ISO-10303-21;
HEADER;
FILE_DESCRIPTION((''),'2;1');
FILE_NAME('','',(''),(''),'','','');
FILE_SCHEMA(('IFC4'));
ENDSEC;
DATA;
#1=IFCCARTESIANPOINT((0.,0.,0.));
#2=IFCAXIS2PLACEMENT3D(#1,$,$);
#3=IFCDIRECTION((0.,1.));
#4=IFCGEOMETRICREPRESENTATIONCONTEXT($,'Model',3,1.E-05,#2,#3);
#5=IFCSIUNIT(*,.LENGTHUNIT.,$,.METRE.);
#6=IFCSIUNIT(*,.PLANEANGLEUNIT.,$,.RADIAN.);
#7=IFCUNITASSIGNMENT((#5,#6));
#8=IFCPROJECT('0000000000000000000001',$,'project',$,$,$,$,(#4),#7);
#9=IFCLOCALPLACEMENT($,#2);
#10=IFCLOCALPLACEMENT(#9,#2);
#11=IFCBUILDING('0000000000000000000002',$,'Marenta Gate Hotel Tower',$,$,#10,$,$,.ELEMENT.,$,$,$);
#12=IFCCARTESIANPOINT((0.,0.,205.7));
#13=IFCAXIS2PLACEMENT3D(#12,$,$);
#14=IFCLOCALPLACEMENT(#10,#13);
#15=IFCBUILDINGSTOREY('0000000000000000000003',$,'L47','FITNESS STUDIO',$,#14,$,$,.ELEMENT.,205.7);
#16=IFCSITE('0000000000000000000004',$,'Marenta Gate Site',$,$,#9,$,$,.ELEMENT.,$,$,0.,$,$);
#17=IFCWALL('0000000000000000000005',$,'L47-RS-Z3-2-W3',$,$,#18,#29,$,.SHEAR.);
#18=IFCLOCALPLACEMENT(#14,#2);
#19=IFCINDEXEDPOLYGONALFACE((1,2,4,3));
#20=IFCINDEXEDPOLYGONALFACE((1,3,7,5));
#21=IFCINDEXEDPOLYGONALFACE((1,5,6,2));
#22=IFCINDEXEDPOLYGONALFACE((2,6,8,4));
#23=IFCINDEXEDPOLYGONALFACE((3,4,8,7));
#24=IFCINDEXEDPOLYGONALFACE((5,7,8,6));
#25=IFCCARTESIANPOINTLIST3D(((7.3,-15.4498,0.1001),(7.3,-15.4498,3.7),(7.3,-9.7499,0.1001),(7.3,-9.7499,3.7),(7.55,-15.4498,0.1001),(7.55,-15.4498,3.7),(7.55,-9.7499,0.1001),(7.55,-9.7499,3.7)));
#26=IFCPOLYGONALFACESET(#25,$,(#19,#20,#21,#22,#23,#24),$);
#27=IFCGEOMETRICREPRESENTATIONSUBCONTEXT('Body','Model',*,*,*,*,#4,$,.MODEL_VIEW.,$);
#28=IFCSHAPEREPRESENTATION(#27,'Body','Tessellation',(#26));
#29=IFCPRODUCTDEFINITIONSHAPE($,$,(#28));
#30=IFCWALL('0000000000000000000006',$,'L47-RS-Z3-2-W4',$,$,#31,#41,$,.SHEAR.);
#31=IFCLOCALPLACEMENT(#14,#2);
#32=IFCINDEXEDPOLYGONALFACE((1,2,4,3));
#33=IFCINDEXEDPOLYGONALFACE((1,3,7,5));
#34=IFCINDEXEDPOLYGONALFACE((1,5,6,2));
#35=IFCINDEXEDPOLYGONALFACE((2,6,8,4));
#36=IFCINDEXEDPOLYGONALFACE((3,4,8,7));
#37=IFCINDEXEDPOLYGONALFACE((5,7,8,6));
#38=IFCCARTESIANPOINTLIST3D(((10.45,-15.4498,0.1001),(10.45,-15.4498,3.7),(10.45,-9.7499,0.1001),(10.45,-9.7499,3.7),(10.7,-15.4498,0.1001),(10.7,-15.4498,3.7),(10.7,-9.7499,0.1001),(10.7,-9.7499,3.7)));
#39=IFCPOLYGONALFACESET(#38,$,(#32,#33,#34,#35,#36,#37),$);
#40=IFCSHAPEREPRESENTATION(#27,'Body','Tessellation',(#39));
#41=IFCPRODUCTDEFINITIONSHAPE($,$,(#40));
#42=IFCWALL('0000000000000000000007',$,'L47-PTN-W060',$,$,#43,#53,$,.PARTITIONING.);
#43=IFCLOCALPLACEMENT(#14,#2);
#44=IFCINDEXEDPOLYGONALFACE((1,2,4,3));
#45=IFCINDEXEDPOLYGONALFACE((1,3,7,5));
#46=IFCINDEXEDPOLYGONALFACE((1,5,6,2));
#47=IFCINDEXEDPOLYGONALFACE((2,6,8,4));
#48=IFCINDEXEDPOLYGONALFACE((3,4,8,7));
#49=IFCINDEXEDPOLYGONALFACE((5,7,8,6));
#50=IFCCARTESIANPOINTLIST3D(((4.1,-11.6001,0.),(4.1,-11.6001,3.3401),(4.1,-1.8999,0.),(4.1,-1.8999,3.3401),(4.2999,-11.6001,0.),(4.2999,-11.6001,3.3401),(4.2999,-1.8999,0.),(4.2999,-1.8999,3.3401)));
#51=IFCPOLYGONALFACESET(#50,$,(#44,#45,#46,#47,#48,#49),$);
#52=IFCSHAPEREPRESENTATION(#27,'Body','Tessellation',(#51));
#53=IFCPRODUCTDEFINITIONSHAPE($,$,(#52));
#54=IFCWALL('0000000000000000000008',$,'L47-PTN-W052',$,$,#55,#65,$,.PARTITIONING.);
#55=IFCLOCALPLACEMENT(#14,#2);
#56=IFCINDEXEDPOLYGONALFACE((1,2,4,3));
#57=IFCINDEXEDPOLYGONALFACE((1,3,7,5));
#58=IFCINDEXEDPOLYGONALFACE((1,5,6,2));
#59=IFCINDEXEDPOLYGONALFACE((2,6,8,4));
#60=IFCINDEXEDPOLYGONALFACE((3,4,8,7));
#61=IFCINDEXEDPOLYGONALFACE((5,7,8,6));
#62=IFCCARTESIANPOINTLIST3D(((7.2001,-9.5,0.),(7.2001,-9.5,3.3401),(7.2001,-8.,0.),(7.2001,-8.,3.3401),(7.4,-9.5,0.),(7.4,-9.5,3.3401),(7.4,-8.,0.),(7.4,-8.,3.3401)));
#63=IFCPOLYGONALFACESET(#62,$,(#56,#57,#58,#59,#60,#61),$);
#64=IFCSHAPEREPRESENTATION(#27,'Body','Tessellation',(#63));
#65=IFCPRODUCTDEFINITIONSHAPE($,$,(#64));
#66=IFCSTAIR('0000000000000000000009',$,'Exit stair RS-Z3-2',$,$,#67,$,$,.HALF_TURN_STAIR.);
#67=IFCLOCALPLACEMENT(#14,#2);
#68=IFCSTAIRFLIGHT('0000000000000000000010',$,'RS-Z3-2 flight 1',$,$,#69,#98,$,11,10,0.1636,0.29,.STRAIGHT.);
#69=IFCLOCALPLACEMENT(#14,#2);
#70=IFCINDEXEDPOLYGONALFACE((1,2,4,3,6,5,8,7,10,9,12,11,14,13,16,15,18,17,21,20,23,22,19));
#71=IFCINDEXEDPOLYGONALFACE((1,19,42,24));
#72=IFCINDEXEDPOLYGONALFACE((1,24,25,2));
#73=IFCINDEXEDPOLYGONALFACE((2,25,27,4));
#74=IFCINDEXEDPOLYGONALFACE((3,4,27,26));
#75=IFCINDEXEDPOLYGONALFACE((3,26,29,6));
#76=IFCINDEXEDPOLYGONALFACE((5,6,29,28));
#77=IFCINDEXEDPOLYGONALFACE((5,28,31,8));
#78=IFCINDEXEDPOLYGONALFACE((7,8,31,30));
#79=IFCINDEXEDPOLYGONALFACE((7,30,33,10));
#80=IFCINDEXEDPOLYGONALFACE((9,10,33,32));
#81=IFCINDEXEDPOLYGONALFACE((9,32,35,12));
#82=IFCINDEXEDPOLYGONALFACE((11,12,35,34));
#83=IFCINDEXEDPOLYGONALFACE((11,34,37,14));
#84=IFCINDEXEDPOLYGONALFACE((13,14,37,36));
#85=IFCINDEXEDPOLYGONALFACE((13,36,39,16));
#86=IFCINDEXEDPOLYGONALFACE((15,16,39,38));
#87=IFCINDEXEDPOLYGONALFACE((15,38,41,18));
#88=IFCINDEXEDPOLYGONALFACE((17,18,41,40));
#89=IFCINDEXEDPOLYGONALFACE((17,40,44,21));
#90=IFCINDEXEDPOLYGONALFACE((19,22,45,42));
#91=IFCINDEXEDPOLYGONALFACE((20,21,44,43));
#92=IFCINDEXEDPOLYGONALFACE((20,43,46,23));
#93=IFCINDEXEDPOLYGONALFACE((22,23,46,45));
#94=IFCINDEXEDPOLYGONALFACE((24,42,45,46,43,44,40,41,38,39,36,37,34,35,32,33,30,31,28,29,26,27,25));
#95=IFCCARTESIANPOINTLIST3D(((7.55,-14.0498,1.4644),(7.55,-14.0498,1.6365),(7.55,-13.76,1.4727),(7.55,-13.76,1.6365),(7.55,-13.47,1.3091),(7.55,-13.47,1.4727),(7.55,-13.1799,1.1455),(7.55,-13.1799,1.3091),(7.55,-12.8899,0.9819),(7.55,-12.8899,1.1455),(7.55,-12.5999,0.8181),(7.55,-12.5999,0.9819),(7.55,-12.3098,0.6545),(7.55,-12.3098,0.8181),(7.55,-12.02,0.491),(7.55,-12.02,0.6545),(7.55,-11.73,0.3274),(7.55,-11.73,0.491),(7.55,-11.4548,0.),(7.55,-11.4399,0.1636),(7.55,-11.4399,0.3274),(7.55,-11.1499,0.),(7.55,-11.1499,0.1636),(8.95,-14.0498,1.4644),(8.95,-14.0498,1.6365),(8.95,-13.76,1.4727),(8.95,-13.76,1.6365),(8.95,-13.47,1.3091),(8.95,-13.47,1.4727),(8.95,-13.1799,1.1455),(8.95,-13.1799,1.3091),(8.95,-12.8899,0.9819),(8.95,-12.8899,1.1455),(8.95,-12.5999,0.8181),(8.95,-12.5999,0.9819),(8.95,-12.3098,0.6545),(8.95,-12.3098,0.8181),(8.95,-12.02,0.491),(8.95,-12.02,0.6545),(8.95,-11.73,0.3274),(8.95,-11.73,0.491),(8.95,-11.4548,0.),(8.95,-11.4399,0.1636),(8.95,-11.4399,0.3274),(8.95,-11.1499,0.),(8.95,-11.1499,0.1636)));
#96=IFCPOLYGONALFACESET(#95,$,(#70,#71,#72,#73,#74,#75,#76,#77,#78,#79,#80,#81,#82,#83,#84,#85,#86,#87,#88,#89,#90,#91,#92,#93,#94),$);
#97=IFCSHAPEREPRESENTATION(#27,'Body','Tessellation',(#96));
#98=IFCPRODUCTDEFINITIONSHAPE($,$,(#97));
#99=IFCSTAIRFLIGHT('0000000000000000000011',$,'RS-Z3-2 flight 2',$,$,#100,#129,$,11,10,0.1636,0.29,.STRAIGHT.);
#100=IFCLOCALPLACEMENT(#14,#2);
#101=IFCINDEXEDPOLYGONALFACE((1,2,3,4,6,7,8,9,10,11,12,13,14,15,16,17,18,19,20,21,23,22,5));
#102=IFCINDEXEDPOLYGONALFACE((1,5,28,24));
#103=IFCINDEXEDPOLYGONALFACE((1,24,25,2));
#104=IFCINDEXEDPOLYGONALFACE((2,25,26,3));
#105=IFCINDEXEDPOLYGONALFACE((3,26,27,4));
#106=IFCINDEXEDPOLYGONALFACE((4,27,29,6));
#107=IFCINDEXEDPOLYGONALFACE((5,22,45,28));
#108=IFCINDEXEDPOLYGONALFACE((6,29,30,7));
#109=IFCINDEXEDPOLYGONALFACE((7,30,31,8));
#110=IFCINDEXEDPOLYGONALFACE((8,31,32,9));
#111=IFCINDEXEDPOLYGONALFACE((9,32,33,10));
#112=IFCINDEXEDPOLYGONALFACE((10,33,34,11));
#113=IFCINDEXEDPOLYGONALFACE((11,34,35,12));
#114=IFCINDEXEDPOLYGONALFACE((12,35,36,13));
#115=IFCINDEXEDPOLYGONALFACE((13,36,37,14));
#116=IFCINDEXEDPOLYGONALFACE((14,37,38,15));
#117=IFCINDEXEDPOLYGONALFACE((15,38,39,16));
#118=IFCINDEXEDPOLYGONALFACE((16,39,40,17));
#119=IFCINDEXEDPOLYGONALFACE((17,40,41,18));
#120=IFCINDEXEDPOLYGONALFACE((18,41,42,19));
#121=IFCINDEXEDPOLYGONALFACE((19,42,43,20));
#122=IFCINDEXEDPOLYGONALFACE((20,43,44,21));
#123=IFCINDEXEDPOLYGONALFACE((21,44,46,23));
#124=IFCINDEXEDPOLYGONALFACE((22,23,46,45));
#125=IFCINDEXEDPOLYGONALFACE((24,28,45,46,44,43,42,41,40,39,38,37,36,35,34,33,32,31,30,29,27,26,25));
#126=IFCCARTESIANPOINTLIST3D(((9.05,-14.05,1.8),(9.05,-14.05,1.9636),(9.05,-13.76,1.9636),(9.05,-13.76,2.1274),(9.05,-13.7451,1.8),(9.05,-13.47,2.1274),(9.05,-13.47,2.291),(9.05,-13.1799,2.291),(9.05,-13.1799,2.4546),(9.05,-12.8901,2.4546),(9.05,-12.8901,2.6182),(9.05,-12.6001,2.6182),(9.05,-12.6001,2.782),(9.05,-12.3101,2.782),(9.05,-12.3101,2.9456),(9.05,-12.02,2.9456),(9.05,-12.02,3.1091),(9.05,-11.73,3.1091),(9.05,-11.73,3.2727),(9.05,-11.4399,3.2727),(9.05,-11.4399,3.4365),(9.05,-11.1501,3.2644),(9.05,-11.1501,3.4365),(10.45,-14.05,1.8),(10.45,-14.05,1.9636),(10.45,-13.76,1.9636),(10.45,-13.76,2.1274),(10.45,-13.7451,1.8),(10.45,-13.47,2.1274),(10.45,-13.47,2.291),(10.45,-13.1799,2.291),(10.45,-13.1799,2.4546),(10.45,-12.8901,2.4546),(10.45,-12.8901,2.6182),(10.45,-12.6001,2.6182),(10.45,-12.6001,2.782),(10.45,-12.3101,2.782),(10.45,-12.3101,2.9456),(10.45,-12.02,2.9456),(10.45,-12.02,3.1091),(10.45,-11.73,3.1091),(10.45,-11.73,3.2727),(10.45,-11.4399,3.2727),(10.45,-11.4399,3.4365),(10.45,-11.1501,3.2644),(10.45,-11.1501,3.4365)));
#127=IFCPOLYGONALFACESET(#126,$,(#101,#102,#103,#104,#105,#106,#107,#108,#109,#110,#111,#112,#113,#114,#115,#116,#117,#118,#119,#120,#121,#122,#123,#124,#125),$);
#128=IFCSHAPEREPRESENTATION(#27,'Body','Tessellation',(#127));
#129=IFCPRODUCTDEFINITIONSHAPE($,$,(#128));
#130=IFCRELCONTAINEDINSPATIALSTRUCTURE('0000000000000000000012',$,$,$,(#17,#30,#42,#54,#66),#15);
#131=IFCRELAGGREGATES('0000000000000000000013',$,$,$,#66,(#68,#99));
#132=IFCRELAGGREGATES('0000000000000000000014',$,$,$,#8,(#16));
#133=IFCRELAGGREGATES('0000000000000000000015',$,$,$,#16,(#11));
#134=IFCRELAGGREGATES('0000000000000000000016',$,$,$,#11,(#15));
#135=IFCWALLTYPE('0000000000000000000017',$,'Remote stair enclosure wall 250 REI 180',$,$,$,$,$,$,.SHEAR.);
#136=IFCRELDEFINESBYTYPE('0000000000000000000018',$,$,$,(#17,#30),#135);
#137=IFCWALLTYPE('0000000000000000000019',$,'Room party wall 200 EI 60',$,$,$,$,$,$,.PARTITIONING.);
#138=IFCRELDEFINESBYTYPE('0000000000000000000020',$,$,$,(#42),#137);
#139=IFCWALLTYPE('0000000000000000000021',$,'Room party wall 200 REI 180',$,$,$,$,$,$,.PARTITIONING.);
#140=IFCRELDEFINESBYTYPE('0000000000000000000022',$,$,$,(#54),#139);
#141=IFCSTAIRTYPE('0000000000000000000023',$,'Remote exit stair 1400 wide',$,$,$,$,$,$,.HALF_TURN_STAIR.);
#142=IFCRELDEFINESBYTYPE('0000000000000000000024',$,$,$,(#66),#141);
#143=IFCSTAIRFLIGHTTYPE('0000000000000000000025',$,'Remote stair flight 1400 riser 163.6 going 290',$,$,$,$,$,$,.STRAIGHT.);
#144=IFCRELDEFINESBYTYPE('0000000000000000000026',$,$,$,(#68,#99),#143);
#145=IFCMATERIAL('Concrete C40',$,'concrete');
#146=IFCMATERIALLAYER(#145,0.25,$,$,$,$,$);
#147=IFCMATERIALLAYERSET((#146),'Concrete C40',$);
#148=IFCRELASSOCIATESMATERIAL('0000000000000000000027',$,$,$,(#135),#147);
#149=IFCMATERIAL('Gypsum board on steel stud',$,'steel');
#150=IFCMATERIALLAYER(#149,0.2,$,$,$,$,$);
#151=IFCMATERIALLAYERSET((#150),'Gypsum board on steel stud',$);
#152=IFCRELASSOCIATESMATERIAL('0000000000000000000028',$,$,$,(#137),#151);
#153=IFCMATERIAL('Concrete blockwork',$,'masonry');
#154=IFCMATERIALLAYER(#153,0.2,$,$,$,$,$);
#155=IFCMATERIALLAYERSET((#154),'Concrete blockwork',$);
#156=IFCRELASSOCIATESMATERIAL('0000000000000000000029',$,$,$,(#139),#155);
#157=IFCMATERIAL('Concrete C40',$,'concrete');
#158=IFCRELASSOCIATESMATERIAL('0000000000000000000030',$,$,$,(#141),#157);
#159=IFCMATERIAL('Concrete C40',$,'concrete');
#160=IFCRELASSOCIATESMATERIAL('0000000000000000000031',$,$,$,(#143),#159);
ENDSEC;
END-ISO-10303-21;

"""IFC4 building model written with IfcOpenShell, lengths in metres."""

from ifc_helpers import new_model, si_unit, direction, frame, frame_2d, origin, place, context, subcontext, project, spatial, polyline, rectangle, outline, extrude, material, layer, layer_set, type_object, element, aggregate, save


model = new_model("IFC4")

# Units and contexts
model_context = context("Model", 3, precision=1e-05, world=origin(), true_north=direction((0.0, 1.0)))
body_context = subcontext(model_context, "Body", "Model", "MODEL_VIEW")
ifc_project = project(units=[si_unit("LENGTHUNIT", "METRE"), si_unit("PLANEANGLEUNIT", "RADIAN")], contexts=[model_context])

# Site, building, storey
site_placement = place(None, origin())
site = spatial("IfcSite", under=ifc_project, at=site_placement, Name="Marenta Gate Site", CompositionType="ELEMENT", RefElevation=0.0)
building_placement = place(site_placement, origin())
building = spatial("IfcBuilding", under=site, at=building_placement, Name="Marenta Gate Hotel Tower", CompositionType="ELEMENT")
storey_placement = place(building_placement, frame((0.0, 0.0, 205.7)))
storey = spatial("IfcBuildingStorey", under=building, at=storey_placement, Name="L47", Description="FITNESS STUDIO", CompositionType="ELEMENT", Elevation=205.7)

# Shared definitions
ifc_material_1 = material(Name="Concrete C40", Category="concrete")
ifc_layer_1 = layer(ifc_material_1, 0.25)
ifc_layer_set_1 = layer_set([ifc_layer_1], Name="Concrete C40")
wall_type_1 = type_object("IfcWallType", Name="Remote stair enclosure wall 250 REI 180", PredefinedType="SHEAR", material=ifc_layer_set_1)

# Walls
for number, where, z_axis, x_axis, name in (
    (1, (7.425, -15.45, 0.1001), (0.0, 0.0, 1.0), (0.0, 1.0, 0.0), "L47-RS-Z3-2-W3"),
    (2, (10.575, -15.45, 0.1001), (0.0, 0.0, 1.0), (0.0, 1.0, 0.0), "L47-RS-Z3-2-W4"),
):
    element("IfcWall", number, at=place(storey_placement, frame(where, z_axis=z_axis, x_axis=x_axis)), inside=storey, type_object=wall_type_1, Name=name, PredefinedType="SHEAR", context=body_context, shape_type="SweptSolid", body=[
        extrude(rectangle(XDim=5.7, YDim=0.25, at=frame_2d((2.8501, 0.0))), origin(), (0.0, 0.0, 1.0), 3.5999),
    ])

# Walls
ifc_material_2 = material(Name="Gypsum board on steel stud", Category="steel")
ifc_layer_2 = layer(ifc_material_2, 0.2)
ifc_layer_set_2 = layer_set([ifc_layer_2], Name="Gypsum board on steel stud")
wall_type_2 = type_object("IfcWallType", Name="Room party wall 200 EI 60", PredefinedType="PARTITIONING", material=ifc_layer_set_2)
wall_1_placement = place(storey_placement, frame((4.2, -11.6001, 0.0), z_axis=(0.0, 0.0, 1.0), x_axis=(0.0, 1.0, 0.0)))
element("IfcWall", 3, at=wall_1_placement, inside=storey, type_object=wall_type_2, Name="L47-PTN-W060", PredefinedType="PARTITIONING", context=body_context, shape_type="SweptSolid", body=[
    extrude(rectangle(XDim=9.7002, YDim=0.2, at=frame_2d((4.8501, 0.0))), origin(), (0.0, 0.0, 1.0), 3.3401),
])
ifc_material_3 = material(Name="Concrete blockwork", Category="masonry")
ifc_layer_3 = layer(ifc_material_3, 0.2)
ifc_layer_set_3 = layer_set([ifc_layer_3], Name="Concrete blockwork")
wall_type_3 = type_object("IfcWallType", Name="Room party wall 200 REI 180", PredefinedType="PARTITIONING", material=ifc_layer_set_3)
wall_2_placement = place(storey_placement, frame((7.3, -9.5, 0.0), z_axis=(0.0, 0.0, 1.0), x_axis=(0.0, 1.0, 0.0)))
element("IfcWall", 4, at=wall_2_placement, inside=storey, type_object=wall_type_3, Name="L47-PTN-W052", PredefinedType="PARTITIONING", context=body_context, shape_type="SweptSolid", body=[
    extrude(rectangle(XDim=1.5, YDim=0.2, at=frame_2d((0.75, 0.0))), origin(), (0.0, 0.0, 1.0), 3.3401),
])

# Stair, stair flights
ifc_material_4 = material(Name="Concrete C40", Category="concrete")
stair_type = type_object("IfcStairType", Name="Remote exit stair 1400 wide", PredefinedType="HALF_TURN_STAIR", material=ifc_material_4)
stair_placement = place(storey_placement, origin())
stair = element("IfcStair", 5, at=stair_placement, inside=storey, type_object=stair_type, Name="Exit stair RS-Z3-2", PredefinedType="HALF_TURN_STAIR")
ifc_material_5 = material(Name="Concrete C40", Category="concrete")
stair_flight_type = type_object("IfcStairFlightType", Name="Remote stair flight 1400 riser 163.6 going 290", PredefinedType="STRAIGHT", material=ifc_material_5)
stair_flight_1_placement = place(storey_placement, frame((8.25, -11.1499, 0.0), z_axis=(0.0, 0.0, 1.0), x_axis=(0.0, -1.0, 0.0)))
stair_flight_1 = element("IfcStairFlight", 6, at=stair_flight_1_placement, type_object=stair_flight_type, Name="RS-Z3-2 flight 1", NumberOfRisers=11, NumberOfTreads=10, PredefinedType="STRAIGHT", RiserHeight=0.1636, TreadLength=0.29, context=body_context, shape_type="SweptSolid", body=[
    extrude(outline(polyline([(0.0, 0.0), (0.0, 0.1636), (0.29, 0.1636), (0.29, 0.3274), (0.5801, 0.3274), (0.5801, 0.491), (0.8701, 0.491), (0.8701, 0.6545), (1.1599, 0.6545), (1.1599, 0.8181), (1.45, 0.8181), (1.45, 0.9819), (1.74, 0.9819), (1.74, 1.1455), (2.03, 1.1455), (2.03, 1.3091), (2.3201, 1.3091), (2.3201, 1.4727), (2.6101, 1.4727), (2.6101, 1.6365), (2.8999, 1.6365), (2.8999, 1.8), (2.8999, 1.4644), (0.3049, 0.0), (0.0, 0.0)])), frame((0.0, 0.7, 0.0), z_axis=(0.0, -1.0, 0.0), x_axis=(1.0, 0.0, 0.0)), (0.0, 0.0, 1.0), 1.3999),
])
stair_flight_2_placement = place(storey_placement, frame((9.75, -14.05, 1.8), z_axis=(0.0, 0.0, 1.0), x_axis=(0.0, 1.0, 0.0)))
stair_flight_2 = element("IfcStairFlight", 7, at=stair_flight_2_placement, type_object=stair_flight_type, Name="RS-Z3-2 flight 2", NumberOfRisers=11, NumberOfTreads=10, PredefinedType="STRAIGHT", RiserHeight=0.1636, TreadLength=0.29, context=body_context, shape_type="SweptSolid", body=[
    extrude(outline(polyline([(0.0, 0.0), (0.0, 0.1636), (0.29, 0.1636), (0.29, 0.3274), (0.5801, 0.3274), (0.5801, 0.491), (0.8701, 0.491), (0.8701, 0.6545), (1.1599, 0.6545), (1.1599, 0.8181), (1.45, 0.8181), (1.45, 0.9819), (1.74, 0.9819), (1.74, 1.1455), (2.03, 1.1455), (2.03, 1.3091), (2.3201, 1.3091), (2.3201, 1.4727), (2.6101, 1.4727), (2.6101, 1.6365), (2.8999, 1.6365), (2.8999, 1.8), (2.8999, 1.4644), (0.3049, 0.0), (0.0, 0.0)])), frame((0.0, 0.7, 0.0), z_axis=(0.0, -1.0, 0.0), x_axis=(1.0, 0.0, 0.0)), (0.0, 0.0, 1.0), 1.3999),
])
aggregate(stair, [stair_flight_1, stair_flight_2])

save(model, "model.ifc")
